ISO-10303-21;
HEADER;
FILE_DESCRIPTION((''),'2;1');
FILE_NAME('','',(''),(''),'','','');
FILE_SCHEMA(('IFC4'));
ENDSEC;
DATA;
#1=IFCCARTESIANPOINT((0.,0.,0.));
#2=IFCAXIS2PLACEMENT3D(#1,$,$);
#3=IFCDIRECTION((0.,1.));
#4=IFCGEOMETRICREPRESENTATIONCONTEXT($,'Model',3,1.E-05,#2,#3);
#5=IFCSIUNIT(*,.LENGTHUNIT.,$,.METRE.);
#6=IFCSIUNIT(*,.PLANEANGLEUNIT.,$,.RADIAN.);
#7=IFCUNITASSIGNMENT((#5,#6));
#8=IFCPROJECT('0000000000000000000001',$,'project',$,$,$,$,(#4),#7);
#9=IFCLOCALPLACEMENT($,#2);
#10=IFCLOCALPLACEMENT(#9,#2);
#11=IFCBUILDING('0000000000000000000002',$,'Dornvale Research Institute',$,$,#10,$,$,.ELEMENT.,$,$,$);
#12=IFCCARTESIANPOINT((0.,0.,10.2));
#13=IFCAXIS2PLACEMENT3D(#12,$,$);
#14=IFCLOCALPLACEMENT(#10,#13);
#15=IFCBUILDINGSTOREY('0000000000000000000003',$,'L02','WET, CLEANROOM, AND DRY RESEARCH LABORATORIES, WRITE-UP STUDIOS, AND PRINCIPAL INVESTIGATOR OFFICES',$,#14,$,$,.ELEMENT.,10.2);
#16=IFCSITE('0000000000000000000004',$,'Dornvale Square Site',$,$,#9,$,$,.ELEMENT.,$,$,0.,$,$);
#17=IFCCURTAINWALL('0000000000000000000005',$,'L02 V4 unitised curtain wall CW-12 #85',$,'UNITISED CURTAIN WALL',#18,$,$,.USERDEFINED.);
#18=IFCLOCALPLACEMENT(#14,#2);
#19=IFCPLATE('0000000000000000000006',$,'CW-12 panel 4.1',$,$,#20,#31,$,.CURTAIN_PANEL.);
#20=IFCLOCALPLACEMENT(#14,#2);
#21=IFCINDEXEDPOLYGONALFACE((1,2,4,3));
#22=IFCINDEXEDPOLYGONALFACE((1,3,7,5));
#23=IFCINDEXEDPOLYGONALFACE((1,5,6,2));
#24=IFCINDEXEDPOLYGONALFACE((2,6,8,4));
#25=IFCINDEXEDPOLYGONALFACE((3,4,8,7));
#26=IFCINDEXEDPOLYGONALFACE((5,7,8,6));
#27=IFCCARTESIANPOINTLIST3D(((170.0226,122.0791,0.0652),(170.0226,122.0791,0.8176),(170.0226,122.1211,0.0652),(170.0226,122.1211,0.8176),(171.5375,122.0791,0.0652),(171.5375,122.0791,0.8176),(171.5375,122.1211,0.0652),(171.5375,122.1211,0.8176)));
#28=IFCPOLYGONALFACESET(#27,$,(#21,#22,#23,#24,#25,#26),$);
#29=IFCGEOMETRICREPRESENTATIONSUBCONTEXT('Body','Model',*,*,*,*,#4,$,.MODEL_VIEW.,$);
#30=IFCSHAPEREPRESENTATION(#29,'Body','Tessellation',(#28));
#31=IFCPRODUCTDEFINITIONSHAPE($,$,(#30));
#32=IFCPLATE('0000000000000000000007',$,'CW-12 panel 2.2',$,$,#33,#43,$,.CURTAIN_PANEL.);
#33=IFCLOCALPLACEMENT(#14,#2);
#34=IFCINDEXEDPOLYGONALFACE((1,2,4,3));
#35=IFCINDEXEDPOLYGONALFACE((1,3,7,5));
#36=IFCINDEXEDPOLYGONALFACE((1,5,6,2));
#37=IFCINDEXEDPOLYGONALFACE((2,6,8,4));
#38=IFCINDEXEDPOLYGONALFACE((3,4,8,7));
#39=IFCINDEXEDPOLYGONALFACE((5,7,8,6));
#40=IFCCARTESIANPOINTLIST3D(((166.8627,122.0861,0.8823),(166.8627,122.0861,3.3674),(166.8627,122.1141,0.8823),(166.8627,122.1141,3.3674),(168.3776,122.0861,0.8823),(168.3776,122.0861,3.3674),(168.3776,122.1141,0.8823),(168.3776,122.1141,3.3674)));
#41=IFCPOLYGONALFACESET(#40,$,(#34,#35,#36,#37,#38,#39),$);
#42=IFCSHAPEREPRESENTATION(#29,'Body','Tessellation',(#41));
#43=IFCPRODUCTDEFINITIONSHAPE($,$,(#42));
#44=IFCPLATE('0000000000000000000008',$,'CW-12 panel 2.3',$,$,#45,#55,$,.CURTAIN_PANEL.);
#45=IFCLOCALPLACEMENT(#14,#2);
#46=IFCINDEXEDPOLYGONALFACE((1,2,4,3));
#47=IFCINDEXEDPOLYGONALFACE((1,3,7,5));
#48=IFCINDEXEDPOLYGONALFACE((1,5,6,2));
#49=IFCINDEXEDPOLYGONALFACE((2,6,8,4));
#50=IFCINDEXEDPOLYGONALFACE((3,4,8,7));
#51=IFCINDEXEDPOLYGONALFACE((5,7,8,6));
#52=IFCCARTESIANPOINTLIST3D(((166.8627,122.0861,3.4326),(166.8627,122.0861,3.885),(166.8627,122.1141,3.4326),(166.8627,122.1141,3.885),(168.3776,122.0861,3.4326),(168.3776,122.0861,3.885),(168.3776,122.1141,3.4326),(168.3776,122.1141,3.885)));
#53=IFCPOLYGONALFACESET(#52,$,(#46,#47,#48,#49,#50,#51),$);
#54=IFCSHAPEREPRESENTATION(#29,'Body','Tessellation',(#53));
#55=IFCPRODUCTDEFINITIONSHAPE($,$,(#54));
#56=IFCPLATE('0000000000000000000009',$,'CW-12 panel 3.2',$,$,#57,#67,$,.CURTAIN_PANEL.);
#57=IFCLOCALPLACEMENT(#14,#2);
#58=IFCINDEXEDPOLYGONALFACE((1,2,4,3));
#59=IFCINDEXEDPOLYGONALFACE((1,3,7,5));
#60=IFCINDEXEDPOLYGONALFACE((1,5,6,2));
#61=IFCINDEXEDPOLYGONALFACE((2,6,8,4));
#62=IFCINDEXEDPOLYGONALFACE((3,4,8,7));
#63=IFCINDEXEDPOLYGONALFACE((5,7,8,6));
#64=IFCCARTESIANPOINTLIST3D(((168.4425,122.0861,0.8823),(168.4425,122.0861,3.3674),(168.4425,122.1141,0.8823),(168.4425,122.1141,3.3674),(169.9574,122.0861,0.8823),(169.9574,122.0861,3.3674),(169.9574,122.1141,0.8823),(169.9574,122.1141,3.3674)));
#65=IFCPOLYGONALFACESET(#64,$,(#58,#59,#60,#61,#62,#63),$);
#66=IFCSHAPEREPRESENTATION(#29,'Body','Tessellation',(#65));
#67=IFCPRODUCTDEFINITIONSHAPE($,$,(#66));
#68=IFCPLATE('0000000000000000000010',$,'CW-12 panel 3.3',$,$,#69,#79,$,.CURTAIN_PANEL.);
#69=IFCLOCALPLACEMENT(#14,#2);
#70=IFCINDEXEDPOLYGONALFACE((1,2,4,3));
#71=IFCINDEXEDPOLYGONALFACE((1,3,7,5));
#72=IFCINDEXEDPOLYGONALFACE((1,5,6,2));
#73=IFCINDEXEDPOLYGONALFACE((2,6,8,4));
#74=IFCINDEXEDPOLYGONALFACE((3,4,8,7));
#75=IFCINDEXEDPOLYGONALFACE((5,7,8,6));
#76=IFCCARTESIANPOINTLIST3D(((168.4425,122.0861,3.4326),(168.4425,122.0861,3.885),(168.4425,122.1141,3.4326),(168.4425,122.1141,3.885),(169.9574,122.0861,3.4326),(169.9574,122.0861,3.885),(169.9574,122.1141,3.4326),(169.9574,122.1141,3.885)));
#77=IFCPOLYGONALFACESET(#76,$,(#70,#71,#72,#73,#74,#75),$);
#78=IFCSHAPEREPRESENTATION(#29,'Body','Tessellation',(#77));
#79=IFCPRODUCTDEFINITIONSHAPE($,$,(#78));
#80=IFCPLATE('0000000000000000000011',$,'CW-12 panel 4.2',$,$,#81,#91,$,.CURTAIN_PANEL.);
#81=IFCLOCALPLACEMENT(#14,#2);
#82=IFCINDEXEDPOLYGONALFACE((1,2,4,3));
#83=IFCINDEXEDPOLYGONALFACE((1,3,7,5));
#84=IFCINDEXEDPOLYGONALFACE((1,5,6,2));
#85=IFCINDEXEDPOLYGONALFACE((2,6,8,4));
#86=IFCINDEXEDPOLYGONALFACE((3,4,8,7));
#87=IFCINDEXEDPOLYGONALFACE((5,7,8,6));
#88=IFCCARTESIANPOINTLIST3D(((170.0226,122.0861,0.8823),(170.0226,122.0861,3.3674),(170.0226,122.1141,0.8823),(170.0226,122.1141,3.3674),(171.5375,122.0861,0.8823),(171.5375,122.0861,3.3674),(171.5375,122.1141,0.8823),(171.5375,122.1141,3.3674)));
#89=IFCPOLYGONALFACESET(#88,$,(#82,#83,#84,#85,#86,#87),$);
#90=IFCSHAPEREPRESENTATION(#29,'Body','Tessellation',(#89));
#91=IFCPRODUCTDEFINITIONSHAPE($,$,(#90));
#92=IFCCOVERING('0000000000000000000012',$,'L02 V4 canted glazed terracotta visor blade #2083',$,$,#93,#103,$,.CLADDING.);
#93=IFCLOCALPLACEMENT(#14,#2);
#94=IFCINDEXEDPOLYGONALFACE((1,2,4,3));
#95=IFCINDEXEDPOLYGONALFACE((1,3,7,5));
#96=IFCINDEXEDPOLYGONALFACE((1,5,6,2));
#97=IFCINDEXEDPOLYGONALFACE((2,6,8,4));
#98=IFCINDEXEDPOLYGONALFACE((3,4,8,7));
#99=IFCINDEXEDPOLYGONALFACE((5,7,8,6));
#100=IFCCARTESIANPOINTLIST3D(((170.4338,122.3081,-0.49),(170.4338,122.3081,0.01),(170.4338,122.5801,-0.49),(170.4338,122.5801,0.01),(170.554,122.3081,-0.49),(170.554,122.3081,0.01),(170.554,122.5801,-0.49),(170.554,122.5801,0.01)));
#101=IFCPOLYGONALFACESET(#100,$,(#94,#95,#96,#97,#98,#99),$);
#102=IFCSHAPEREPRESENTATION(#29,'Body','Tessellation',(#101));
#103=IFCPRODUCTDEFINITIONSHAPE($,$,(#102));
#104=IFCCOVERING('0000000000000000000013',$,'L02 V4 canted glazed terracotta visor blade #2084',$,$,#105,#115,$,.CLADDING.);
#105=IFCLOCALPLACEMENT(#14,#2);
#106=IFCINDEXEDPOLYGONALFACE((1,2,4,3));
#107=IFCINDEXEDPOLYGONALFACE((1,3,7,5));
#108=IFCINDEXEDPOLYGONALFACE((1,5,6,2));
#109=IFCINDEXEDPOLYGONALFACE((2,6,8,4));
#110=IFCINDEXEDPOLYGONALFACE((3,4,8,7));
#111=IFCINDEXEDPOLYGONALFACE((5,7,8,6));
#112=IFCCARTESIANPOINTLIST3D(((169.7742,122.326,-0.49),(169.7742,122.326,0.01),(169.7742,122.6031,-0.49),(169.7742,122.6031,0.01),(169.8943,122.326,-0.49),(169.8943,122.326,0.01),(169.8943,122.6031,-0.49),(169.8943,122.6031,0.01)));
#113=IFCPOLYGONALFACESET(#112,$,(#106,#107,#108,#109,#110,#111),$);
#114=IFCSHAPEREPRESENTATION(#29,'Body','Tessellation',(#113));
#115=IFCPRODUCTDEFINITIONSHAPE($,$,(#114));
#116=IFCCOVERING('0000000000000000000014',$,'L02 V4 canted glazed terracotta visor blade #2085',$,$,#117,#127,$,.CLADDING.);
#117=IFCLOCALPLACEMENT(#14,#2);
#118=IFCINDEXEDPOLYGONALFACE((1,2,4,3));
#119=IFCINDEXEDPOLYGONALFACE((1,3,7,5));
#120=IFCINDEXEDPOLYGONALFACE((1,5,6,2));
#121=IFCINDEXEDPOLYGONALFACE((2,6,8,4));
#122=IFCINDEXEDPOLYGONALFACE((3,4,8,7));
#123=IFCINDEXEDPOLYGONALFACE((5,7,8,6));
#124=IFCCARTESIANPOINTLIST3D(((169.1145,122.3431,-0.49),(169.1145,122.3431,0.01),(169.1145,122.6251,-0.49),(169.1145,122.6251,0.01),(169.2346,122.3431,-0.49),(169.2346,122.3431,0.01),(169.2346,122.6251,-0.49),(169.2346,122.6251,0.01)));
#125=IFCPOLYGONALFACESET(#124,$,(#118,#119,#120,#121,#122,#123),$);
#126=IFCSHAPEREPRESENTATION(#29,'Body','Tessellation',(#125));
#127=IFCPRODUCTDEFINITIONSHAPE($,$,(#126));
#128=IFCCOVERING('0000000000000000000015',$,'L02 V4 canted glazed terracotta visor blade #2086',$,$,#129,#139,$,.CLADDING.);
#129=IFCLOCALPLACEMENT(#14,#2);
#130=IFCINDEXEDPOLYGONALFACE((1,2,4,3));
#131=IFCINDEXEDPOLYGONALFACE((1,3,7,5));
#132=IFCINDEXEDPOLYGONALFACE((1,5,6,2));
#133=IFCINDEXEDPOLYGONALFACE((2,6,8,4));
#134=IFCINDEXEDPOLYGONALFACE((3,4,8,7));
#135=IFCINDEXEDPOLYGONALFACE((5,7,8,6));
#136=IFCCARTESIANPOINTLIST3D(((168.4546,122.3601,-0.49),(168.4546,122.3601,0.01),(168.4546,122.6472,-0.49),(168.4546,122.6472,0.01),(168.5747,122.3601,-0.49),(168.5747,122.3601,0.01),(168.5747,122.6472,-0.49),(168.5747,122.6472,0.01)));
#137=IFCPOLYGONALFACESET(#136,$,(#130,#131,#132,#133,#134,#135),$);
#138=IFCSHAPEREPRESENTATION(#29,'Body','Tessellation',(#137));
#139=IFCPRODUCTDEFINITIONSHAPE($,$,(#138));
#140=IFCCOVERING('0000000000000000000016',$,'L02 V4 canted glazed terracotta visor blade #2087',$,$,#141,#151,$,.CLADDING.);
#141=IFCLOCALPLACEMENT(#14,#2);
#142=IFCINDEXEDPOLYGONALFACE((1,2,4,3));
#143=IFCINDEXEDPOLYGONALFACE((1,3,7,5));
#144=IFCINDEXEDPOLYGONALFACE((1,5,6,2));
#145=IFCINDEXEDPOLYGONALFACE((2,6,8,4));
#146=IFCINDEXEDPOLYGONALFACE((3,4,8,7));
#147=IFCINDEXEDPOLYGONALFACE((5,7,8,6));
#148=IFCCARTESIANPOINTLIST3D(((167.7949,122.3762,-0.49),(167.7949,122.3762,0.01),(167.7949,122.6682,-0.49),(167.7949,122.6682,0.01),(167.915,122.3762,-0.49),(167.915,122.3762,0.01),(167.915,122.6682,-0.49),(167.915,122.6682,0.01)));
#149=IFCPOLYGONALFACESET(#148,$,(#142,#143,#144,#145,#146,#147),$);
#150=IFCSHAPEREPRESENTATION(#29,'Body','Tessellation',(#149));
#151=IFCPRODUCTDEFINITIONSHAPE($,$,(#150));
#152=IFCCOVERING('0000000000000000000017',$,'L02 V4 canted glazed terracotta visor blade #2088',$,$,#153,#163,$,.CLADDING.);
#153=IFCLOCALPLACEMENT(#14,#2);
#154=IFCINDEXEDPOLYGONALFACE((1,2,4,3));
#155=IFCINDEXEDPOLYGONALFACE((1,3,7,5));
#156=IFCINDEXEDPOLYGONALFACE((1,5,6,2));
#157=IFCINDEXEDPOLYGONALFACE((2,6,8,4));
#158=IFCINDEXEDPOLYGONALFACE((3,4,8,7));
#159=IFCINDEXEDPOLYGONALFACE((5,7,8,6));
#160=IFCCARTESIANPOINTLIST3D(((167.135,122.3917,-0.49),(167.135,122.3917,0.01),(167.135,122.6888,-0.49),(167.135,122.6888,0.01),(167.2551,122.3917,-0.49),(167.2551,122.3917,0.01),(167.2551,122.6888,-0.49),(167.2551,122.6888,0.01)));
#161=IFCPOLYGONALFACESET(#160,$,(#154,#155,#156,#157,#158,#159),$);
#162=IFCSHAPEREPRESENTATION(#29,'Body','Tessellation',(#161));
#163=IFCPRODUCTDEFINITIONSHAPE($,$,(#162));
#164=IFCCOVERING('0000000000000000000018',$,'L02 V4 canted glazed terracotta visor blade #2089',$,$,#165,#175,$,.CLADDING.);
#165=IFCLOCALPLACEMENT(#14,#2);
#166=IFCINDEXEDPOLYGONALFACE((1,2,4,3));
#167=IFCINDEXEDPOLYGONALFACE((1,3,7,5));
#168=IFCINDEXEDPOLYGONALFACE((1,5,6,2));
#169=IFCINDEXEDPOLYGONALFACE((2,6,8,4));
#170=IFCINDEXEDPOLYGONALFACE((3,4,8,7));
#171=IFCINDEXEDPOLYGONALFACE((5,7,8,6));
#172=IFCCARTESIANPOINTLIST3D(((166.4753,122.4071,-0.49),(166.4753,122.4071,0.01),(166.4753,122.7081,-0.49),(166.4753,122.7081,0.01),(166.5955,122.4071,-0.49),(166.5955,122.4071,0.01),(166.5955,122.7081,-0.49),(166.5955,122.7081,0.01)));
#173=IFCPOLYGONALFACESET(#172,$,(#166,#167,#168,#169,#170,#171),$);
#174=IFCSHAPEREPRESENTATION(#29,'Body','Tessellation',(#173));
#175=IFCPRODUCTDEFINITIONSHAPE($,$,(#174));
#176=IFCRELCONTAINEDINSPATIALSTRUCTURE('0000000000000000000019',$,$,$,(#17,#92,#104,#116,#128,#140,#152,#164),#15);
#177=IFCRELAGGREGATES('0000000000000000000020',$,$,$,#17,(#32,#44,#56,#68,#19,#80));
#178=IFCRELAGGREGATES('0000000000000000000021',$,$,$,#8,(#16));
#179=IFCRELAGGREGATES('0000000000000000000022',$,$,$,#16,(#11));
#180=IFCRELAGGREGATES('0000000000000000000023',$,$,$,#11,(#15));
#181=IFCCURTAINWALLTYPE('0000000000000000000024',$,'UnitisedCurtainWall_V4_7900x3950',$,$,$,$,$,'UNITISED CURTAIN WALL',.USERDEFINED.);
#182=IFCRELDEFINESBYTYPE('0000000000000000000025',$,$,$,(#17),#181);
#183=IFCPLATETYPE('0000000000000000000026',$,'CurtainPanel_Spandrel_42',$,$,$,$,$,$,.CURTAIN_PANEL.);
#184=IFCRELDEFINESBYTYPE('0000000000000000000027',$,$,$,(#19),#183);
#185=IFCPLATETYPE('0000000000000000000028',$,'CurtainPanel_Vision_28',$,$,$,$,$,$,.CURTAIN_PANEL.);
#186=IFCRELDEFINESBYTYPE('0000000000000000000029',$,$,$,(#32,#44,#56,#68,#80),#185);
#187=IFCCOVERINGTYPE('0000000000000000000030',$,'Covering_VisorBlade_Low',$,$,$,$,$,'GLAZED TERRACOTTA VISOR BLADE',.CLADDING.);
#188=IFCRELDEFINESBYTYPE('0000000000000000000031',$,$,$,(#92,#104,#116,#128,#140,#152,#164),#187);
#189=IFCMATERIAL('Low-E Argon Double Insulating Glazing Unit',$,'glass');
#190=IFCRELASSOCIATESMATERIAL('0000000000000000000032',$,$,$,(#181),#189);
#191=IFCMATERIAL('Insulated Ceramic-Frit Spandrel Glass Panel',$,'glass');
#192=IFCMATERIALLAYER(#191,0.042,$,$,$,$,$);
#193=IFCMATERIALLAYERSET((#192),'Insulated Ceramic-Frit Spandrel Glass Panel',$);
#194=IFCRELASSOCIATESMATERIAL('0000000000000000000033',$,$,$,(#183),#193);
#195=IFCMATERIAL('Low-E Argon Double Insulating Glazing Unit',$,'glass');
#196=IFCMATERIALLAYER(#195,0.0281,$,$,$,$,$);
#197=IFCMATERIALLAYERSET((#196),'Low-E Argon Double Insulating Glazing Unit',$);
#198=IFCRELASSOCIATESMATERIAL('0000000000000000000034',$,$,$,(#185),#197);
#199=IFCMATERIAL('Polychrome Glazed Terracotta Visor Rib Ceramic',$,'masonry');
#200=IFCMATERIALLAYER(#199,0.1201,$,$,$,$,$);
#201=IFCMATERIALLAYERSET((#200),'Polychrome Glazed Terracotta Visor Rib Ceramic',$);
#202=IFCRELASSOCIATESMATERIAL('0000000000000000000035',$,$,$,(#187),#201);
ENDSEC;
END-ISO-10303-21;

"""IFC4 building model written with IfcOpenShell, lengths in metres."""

from ifc_helpers import new_model, si_unit, direction, frame, origin, origin_2d, place, context, subcontext, project, spatial, rectangle, extrude, material, layer, layer_set, type_object, element, aggregate, save


model = new_model("IFC4")

# Units and contexts
model_context = context("Model", 3, precision=1e-05, world=origin(), true_north=direction((0.0, 1.0)))
body_context = subcontext(model_context, "Body", "Model", "MODEL_VIEW")
ifc_project = project(units=[si_unit("LENGTHUNIT", "METRE"), si_unit("PLANEANGLEUNIT", "RADIAN")], contexts=[model_context])

# Site, building, storey
site_placement = place(None, origin())
site = spatial("IfcSite", under=ifc_project, at=site_placement, Name="Dornvale Square Site", CompositionType="ELEMENT", RefElevation=0.0)
building_placement = place(site_placement, origin())
building = spatial("IfcBuilding", under=site, at=building_placement, Name="Dornvale Research Institute", CompositionType="ELEMENT")
storey_placement = place(building_placement, frame((0.0, 0.0, 10.2)))
storey = spatial("IfcBuildingStorey", under=building, at=storey_placement, Name="L02", Description="WET, CLEANROOM, AND DRY RESEARCH LABORATORIES, WRITE-UP STUDIOS, AND PRINCIPAL INVESTIGATOR OFFICES", CompositionType="ELEMENT", Elevation=10.2)

# Curtain wall, plates
ifc_material_1 = material(Name="Low-E Argon Double Insulating Glazing Unit", Category="glass")
curtain_wall_type = type_object("IfcCurtainWallType", Name="UnitisedCurtainWall_V4_7900x3950", ElementType="UNITISED CURTAIN WALL", PredefinedType="USERDEFINED", material=ifc_material_1)
curtain_wall_placement = place(storey_placement, origin())
curtain_wall = element("IfcCurtainWall", 1, at=curtain_wall_placement, inside=storey, type_object=curtain_wall_type, Name="L02 V4 unitised curtain wall CW-12 #85", ObjectType="UNITISED CURTAIN WALL", PredefinedType="USERDEFINED")
ifc_material_2 = material(Name="Insulated Ceramic-Frit Spandrel Glass Panel", Category="glass")
ifc_layer_1 = layer(ifc_material_2, 0.042)
ifc_layer_set_1 = layer_set([ifc_layer_1], Name="Insulated Ceramic-Frit Spandrel Glass Panel")
plate_type_1 = type_object("IfcPlateType", Name="CurtainPanel_Spandrel_42", PredefinedType="CURTAIN_PANEL", material=ifc_layer_set_1)
plate_1_placement = place(storey_placement, frame((170.78, 122.1001, 0.0652), z_axis=(0.0, 0.0, 1.0), x_axis=(1.0, 0.0, 0.0)))
plate_1 = element("IfcPlate", 2, at=plate_1_placement, type_object=plate_type_1, Name="CW-12 panel 4.1", PredefinedType="CURTAIN_PANEL", context=body_context, shape_type="SweptSolid", body=[
    extrude(rectangle(XDim=1.5149, YDim=0.042, at=origin_2d()), origin(), (0.0, 0.0, 1.0), 0.7524),
])
ifc_material_3 = material(Name="Low-E Argon Double Insulating Glazing Unit", Category="glass")
ifc_layer_2 = layer(ifc_material_3, 0.0281)
ifc_layer_set_2 = layer_set([ifc_layer_2], Name="Low-E Argon Double Insulating Glazing Unit")
plate_type_2 = type_object("IfcPlateType", Name="CurtainPanel_Vision_28", PredefinedType="CURTAIN_PANEL", material=ifc_layer_set_2)
plate_2_placement = place(storey_placement, frame((167.6201, 122.1001, 0.8823), z_axis=(0.0, 0.0, 1.0), x_axis=(1.0, 0.0, 0.0)))
plate_2 = element("IfcPlate", 3, at=plate_2_placement, type_object=plate_type_2, Name="CW-12 panel 2.2", PredefinedType="CURTAIN_PANEL", context=body_context, shape_type="SweptSolid", body=[
    extrude(rectangle(XDim=1.5149, YDim=0.0281, at=origin_2d()), origin(), (0.0, 0.0, 1.0), 2.4851),
])
plate_3_placement = place(storey_placement, frame((167.6201, 122.1001, 3.4326), z_axis=(0.0, 0.0, 1.0), x_axis=(1.0, 0.0, 0.0)))
plate_3 = element("IfcPlate", 4, at=plate_3_placement, type_object=plate_type_2, Name="CW-12 panel 2.3", PredefinedType="CURTAIN_PANEL", context=body_context, shape_type="SweptSolid", body=[
    extrude(rectangle(XDim=1.5149, YDim=0.0281, at=origin_2d()), origin(), (0.0, 0.0, 1.0), 0.4524),
])
plate_4_placement = place(storey_placement, frame((169.2, 122.1001, 0.8823), z_axis=(0.0, 0.0, 1.0), x_axis=(1.0, 0.0, 0.0)))
plate_4 = element("IfcPlate", 5, at=plate_4_placement, type_object=plate_type_2, Name="CW-12 panel 3.2", PredefinedType="CURTAIN_PANEL", context=body_context, shape_type="SweptSolid", body=[
    extrude(rectangle(XDim=1.5149, YDim=0.0281, at=origin_2d()), origin(), (0.0, 0.0, 1.0), 2.4851),
])
plate_5_placement = place(storey_placement, frame((169.2, 122.1001, 3.4326), z_axis=(0.0, 0.0, 1.0), x_axis=(1.0, 0.0, 0.0)))
plate_5 = element("IfcPlate", 6, at=plate_5_placement, type_object=plate_type_2, Name="CW-12 panel 3.3", PredefinedType="CURTAIN_PANEL", context=body_context, shape_type="SweptSolid", body=[
    extrude(rectangle(XDim=1.5149, YDim=0.0281, at=origin_2d()), origin(), (0.0, 0.0, 1.0), 0.4524),
])
plate_6_placement = place(storey_placement, frame((170.78, 122.1001, 0.8823), z_axis=(0.0, 0.0, 1.0), x_axis=(1.0, 0.0, 0.0)))
plate_6 = element("IfcPlate", 7, at=plate_6_placement, type_object=plate_type_2, Name="CW-12 panel 4.2", PredefinedType="CURTAIN_PANEL", context=body_context, shape_type="SweptSolid", body=[
    extrude(rectangle(XDim=1.5149, YDim=0.0281, at=origin_2d()), origin(), (0.0, 0.0, 1.0), 2.4851),
])
aggregate(curtain_wall, [plate_2, plate_3, plate_4, plate_5, plate_1, plate_6])

# Coverings
ifc_material_4 = material(Name="Polychrome Glazed Terracotta Visor Rib Ceramic", Category="masonry")
ifc_layer_3 = layer(ifc_material_4, 0.1201)
ifc_layer_set_3 = layer_set([ifc_layer_3], Name="Polychrome Glazed Terracotta Visor Rib Ceramic")
covering_type = type_object("IfcCoveringType", Name="Covering_VisorBlade_Low", ElementType="GLAZED TERRACOTTA VISOR BLADE", PredefinedType="CLADDING", material=ifc_layer_set_3)
covering_1_placement = place(storey_placement, frame((170.4939, 122.4441, -0.49), z_axis=(0.0, 0.0, 1.0), x_axis=(0.0, 1.0, 0.0)))
element("IfcCovering", 8, at=covering_1_placement, inside=storey, type_object=covering_type, Name="L02 V4 canted glazed terracotta visor blade #2083", PredefinedType="CLADDING", context=body_context, shape_type="SweptSolid", body=[
    extrude(rectangle(XDim=0.272, YDim=0.1201, at=origin_2d()), origin(), (0.0, 0.0, 1.0), 0.5),
])
covering_2_placement = place(storey_placement, frame((169.8342, 122.4646, -0.49), z_axis=(0.0, 0.0, 1.0), x_axis=(0.0, 1.0, 0.0)))
element("IfcCovering", 9, at=covering_2_placement, inside=storey, type_object=covering_type, Name="L02 V4 canted glazed terracotta visor blade #2084", PredefinedType="CLADDING", context=body_context, shape_type="SweptSolid", body=[
    extrude(rectangle(XDim=0.2771, YDim=0.1201, at=origin_2d()), origin(), (0.0, 0.0, 1.0), 0.5),
])
covering_3_placement = place(storey_placement, frame((169.1746, 122.4841, -0.49), z_axis=(0.0, 0.0, 1.0), x_axis=(0.0, 1.0, 0.0)))
element("IfcCovering", 10, at=covering_3_placement, inside=storey, type_object=covering_type, Name="L02 V4 canted glazed terracotta visor blade #2085", PredefinedType="CLADDING", context=body_context, shape_type="SweptSolid", body=[
    extrude(rectangle(XDim=0.282, YDim=0.1201, at=origin_2d()), origin(), (0.0, 0.0, 1.0), 0.5),
])
covering_4_placement = place(storey_placement, frame((168.5146, 122.5037, -0.49), z_axis=(0.0, 0.0, 1.0), x_axis=(0.0, 1.0, 0.0)))
element("IfcCovering", 11, at=covering_4_placement, inside=storey, type_object=covering_type, Name="L02 V4 canted glazed terracotta visor blade #2086", PredefinedType="CLADDING", context=body_context, shape_type="SweptSolid", body=[
    extrude(rectangle(XDim=0.2871, YDim=0.1201, at=origin_2d()), origin(), (0.0, 0.0, 1.0), 0.5),
])
covering_5_placement = place(storey_placement, frame((167.855, 122.5222, -0.49), z_axis=(0.0, 0.0, 1.0), x_axis=(0.0, 1.0, 0.0)))
element("IfcCovering", 12, at=covering_5_placement, inside=storey, type_object=covering_type, Name="L02 V4 canted glazed terracotta visor blade #2087", PredefinedType="CLADDING", context=body_context, shape_type="SweptSolid", body=[
    extrude(rectangle(XDim=0.292, YDim=0.1201, at=origin_2d()), origin(), (0.0, 0.0, 1.0), 0.5),
])
covering_6_placement = place(storey_placement, frame((167.1951, 122.5403, -0.49), z_axis=(0.0, 0.0, 1.0), x_axis=(0.0, 1.0, 0.0)))
element("IfcCovering", 13, at=covering_6_placement, inside=storey, type_object=covering_type, Name="L02 V4 canted glazed terracotta visor blade #2088", PredefinedType="CLADDING", context=body_context, shape_type="SweptSolid", body=[
    extrude(rectangle(XDim=0.2971, YDim=0.1201, at=origin_2d()), origin(), (0.0, 0.0, 1.0), 0.5),
])
covering_7_placement = place(storey_placement, frame((166.5354, 122.5576, -0.49), z_axis=(0.0, 0.0, 1.0), x_axis=(0.0, 1.0, 0.0)))
element("IfcCovering", 14, at=covering_7_placement, inside=storey, type_object=covering_type, Name="L02 V4 canted glazed terracotta visor blade #2089", PredefinedType="CLADDING", context=body_context, shape_type="SweptSolid", body=[
    extrude(rectangle(XDim=0.301, YDim=0.1201, at=origin_2d()), origin(), (0.0, 0.0, 1.0), 0.5),
])

save(model, "model.ifc")
